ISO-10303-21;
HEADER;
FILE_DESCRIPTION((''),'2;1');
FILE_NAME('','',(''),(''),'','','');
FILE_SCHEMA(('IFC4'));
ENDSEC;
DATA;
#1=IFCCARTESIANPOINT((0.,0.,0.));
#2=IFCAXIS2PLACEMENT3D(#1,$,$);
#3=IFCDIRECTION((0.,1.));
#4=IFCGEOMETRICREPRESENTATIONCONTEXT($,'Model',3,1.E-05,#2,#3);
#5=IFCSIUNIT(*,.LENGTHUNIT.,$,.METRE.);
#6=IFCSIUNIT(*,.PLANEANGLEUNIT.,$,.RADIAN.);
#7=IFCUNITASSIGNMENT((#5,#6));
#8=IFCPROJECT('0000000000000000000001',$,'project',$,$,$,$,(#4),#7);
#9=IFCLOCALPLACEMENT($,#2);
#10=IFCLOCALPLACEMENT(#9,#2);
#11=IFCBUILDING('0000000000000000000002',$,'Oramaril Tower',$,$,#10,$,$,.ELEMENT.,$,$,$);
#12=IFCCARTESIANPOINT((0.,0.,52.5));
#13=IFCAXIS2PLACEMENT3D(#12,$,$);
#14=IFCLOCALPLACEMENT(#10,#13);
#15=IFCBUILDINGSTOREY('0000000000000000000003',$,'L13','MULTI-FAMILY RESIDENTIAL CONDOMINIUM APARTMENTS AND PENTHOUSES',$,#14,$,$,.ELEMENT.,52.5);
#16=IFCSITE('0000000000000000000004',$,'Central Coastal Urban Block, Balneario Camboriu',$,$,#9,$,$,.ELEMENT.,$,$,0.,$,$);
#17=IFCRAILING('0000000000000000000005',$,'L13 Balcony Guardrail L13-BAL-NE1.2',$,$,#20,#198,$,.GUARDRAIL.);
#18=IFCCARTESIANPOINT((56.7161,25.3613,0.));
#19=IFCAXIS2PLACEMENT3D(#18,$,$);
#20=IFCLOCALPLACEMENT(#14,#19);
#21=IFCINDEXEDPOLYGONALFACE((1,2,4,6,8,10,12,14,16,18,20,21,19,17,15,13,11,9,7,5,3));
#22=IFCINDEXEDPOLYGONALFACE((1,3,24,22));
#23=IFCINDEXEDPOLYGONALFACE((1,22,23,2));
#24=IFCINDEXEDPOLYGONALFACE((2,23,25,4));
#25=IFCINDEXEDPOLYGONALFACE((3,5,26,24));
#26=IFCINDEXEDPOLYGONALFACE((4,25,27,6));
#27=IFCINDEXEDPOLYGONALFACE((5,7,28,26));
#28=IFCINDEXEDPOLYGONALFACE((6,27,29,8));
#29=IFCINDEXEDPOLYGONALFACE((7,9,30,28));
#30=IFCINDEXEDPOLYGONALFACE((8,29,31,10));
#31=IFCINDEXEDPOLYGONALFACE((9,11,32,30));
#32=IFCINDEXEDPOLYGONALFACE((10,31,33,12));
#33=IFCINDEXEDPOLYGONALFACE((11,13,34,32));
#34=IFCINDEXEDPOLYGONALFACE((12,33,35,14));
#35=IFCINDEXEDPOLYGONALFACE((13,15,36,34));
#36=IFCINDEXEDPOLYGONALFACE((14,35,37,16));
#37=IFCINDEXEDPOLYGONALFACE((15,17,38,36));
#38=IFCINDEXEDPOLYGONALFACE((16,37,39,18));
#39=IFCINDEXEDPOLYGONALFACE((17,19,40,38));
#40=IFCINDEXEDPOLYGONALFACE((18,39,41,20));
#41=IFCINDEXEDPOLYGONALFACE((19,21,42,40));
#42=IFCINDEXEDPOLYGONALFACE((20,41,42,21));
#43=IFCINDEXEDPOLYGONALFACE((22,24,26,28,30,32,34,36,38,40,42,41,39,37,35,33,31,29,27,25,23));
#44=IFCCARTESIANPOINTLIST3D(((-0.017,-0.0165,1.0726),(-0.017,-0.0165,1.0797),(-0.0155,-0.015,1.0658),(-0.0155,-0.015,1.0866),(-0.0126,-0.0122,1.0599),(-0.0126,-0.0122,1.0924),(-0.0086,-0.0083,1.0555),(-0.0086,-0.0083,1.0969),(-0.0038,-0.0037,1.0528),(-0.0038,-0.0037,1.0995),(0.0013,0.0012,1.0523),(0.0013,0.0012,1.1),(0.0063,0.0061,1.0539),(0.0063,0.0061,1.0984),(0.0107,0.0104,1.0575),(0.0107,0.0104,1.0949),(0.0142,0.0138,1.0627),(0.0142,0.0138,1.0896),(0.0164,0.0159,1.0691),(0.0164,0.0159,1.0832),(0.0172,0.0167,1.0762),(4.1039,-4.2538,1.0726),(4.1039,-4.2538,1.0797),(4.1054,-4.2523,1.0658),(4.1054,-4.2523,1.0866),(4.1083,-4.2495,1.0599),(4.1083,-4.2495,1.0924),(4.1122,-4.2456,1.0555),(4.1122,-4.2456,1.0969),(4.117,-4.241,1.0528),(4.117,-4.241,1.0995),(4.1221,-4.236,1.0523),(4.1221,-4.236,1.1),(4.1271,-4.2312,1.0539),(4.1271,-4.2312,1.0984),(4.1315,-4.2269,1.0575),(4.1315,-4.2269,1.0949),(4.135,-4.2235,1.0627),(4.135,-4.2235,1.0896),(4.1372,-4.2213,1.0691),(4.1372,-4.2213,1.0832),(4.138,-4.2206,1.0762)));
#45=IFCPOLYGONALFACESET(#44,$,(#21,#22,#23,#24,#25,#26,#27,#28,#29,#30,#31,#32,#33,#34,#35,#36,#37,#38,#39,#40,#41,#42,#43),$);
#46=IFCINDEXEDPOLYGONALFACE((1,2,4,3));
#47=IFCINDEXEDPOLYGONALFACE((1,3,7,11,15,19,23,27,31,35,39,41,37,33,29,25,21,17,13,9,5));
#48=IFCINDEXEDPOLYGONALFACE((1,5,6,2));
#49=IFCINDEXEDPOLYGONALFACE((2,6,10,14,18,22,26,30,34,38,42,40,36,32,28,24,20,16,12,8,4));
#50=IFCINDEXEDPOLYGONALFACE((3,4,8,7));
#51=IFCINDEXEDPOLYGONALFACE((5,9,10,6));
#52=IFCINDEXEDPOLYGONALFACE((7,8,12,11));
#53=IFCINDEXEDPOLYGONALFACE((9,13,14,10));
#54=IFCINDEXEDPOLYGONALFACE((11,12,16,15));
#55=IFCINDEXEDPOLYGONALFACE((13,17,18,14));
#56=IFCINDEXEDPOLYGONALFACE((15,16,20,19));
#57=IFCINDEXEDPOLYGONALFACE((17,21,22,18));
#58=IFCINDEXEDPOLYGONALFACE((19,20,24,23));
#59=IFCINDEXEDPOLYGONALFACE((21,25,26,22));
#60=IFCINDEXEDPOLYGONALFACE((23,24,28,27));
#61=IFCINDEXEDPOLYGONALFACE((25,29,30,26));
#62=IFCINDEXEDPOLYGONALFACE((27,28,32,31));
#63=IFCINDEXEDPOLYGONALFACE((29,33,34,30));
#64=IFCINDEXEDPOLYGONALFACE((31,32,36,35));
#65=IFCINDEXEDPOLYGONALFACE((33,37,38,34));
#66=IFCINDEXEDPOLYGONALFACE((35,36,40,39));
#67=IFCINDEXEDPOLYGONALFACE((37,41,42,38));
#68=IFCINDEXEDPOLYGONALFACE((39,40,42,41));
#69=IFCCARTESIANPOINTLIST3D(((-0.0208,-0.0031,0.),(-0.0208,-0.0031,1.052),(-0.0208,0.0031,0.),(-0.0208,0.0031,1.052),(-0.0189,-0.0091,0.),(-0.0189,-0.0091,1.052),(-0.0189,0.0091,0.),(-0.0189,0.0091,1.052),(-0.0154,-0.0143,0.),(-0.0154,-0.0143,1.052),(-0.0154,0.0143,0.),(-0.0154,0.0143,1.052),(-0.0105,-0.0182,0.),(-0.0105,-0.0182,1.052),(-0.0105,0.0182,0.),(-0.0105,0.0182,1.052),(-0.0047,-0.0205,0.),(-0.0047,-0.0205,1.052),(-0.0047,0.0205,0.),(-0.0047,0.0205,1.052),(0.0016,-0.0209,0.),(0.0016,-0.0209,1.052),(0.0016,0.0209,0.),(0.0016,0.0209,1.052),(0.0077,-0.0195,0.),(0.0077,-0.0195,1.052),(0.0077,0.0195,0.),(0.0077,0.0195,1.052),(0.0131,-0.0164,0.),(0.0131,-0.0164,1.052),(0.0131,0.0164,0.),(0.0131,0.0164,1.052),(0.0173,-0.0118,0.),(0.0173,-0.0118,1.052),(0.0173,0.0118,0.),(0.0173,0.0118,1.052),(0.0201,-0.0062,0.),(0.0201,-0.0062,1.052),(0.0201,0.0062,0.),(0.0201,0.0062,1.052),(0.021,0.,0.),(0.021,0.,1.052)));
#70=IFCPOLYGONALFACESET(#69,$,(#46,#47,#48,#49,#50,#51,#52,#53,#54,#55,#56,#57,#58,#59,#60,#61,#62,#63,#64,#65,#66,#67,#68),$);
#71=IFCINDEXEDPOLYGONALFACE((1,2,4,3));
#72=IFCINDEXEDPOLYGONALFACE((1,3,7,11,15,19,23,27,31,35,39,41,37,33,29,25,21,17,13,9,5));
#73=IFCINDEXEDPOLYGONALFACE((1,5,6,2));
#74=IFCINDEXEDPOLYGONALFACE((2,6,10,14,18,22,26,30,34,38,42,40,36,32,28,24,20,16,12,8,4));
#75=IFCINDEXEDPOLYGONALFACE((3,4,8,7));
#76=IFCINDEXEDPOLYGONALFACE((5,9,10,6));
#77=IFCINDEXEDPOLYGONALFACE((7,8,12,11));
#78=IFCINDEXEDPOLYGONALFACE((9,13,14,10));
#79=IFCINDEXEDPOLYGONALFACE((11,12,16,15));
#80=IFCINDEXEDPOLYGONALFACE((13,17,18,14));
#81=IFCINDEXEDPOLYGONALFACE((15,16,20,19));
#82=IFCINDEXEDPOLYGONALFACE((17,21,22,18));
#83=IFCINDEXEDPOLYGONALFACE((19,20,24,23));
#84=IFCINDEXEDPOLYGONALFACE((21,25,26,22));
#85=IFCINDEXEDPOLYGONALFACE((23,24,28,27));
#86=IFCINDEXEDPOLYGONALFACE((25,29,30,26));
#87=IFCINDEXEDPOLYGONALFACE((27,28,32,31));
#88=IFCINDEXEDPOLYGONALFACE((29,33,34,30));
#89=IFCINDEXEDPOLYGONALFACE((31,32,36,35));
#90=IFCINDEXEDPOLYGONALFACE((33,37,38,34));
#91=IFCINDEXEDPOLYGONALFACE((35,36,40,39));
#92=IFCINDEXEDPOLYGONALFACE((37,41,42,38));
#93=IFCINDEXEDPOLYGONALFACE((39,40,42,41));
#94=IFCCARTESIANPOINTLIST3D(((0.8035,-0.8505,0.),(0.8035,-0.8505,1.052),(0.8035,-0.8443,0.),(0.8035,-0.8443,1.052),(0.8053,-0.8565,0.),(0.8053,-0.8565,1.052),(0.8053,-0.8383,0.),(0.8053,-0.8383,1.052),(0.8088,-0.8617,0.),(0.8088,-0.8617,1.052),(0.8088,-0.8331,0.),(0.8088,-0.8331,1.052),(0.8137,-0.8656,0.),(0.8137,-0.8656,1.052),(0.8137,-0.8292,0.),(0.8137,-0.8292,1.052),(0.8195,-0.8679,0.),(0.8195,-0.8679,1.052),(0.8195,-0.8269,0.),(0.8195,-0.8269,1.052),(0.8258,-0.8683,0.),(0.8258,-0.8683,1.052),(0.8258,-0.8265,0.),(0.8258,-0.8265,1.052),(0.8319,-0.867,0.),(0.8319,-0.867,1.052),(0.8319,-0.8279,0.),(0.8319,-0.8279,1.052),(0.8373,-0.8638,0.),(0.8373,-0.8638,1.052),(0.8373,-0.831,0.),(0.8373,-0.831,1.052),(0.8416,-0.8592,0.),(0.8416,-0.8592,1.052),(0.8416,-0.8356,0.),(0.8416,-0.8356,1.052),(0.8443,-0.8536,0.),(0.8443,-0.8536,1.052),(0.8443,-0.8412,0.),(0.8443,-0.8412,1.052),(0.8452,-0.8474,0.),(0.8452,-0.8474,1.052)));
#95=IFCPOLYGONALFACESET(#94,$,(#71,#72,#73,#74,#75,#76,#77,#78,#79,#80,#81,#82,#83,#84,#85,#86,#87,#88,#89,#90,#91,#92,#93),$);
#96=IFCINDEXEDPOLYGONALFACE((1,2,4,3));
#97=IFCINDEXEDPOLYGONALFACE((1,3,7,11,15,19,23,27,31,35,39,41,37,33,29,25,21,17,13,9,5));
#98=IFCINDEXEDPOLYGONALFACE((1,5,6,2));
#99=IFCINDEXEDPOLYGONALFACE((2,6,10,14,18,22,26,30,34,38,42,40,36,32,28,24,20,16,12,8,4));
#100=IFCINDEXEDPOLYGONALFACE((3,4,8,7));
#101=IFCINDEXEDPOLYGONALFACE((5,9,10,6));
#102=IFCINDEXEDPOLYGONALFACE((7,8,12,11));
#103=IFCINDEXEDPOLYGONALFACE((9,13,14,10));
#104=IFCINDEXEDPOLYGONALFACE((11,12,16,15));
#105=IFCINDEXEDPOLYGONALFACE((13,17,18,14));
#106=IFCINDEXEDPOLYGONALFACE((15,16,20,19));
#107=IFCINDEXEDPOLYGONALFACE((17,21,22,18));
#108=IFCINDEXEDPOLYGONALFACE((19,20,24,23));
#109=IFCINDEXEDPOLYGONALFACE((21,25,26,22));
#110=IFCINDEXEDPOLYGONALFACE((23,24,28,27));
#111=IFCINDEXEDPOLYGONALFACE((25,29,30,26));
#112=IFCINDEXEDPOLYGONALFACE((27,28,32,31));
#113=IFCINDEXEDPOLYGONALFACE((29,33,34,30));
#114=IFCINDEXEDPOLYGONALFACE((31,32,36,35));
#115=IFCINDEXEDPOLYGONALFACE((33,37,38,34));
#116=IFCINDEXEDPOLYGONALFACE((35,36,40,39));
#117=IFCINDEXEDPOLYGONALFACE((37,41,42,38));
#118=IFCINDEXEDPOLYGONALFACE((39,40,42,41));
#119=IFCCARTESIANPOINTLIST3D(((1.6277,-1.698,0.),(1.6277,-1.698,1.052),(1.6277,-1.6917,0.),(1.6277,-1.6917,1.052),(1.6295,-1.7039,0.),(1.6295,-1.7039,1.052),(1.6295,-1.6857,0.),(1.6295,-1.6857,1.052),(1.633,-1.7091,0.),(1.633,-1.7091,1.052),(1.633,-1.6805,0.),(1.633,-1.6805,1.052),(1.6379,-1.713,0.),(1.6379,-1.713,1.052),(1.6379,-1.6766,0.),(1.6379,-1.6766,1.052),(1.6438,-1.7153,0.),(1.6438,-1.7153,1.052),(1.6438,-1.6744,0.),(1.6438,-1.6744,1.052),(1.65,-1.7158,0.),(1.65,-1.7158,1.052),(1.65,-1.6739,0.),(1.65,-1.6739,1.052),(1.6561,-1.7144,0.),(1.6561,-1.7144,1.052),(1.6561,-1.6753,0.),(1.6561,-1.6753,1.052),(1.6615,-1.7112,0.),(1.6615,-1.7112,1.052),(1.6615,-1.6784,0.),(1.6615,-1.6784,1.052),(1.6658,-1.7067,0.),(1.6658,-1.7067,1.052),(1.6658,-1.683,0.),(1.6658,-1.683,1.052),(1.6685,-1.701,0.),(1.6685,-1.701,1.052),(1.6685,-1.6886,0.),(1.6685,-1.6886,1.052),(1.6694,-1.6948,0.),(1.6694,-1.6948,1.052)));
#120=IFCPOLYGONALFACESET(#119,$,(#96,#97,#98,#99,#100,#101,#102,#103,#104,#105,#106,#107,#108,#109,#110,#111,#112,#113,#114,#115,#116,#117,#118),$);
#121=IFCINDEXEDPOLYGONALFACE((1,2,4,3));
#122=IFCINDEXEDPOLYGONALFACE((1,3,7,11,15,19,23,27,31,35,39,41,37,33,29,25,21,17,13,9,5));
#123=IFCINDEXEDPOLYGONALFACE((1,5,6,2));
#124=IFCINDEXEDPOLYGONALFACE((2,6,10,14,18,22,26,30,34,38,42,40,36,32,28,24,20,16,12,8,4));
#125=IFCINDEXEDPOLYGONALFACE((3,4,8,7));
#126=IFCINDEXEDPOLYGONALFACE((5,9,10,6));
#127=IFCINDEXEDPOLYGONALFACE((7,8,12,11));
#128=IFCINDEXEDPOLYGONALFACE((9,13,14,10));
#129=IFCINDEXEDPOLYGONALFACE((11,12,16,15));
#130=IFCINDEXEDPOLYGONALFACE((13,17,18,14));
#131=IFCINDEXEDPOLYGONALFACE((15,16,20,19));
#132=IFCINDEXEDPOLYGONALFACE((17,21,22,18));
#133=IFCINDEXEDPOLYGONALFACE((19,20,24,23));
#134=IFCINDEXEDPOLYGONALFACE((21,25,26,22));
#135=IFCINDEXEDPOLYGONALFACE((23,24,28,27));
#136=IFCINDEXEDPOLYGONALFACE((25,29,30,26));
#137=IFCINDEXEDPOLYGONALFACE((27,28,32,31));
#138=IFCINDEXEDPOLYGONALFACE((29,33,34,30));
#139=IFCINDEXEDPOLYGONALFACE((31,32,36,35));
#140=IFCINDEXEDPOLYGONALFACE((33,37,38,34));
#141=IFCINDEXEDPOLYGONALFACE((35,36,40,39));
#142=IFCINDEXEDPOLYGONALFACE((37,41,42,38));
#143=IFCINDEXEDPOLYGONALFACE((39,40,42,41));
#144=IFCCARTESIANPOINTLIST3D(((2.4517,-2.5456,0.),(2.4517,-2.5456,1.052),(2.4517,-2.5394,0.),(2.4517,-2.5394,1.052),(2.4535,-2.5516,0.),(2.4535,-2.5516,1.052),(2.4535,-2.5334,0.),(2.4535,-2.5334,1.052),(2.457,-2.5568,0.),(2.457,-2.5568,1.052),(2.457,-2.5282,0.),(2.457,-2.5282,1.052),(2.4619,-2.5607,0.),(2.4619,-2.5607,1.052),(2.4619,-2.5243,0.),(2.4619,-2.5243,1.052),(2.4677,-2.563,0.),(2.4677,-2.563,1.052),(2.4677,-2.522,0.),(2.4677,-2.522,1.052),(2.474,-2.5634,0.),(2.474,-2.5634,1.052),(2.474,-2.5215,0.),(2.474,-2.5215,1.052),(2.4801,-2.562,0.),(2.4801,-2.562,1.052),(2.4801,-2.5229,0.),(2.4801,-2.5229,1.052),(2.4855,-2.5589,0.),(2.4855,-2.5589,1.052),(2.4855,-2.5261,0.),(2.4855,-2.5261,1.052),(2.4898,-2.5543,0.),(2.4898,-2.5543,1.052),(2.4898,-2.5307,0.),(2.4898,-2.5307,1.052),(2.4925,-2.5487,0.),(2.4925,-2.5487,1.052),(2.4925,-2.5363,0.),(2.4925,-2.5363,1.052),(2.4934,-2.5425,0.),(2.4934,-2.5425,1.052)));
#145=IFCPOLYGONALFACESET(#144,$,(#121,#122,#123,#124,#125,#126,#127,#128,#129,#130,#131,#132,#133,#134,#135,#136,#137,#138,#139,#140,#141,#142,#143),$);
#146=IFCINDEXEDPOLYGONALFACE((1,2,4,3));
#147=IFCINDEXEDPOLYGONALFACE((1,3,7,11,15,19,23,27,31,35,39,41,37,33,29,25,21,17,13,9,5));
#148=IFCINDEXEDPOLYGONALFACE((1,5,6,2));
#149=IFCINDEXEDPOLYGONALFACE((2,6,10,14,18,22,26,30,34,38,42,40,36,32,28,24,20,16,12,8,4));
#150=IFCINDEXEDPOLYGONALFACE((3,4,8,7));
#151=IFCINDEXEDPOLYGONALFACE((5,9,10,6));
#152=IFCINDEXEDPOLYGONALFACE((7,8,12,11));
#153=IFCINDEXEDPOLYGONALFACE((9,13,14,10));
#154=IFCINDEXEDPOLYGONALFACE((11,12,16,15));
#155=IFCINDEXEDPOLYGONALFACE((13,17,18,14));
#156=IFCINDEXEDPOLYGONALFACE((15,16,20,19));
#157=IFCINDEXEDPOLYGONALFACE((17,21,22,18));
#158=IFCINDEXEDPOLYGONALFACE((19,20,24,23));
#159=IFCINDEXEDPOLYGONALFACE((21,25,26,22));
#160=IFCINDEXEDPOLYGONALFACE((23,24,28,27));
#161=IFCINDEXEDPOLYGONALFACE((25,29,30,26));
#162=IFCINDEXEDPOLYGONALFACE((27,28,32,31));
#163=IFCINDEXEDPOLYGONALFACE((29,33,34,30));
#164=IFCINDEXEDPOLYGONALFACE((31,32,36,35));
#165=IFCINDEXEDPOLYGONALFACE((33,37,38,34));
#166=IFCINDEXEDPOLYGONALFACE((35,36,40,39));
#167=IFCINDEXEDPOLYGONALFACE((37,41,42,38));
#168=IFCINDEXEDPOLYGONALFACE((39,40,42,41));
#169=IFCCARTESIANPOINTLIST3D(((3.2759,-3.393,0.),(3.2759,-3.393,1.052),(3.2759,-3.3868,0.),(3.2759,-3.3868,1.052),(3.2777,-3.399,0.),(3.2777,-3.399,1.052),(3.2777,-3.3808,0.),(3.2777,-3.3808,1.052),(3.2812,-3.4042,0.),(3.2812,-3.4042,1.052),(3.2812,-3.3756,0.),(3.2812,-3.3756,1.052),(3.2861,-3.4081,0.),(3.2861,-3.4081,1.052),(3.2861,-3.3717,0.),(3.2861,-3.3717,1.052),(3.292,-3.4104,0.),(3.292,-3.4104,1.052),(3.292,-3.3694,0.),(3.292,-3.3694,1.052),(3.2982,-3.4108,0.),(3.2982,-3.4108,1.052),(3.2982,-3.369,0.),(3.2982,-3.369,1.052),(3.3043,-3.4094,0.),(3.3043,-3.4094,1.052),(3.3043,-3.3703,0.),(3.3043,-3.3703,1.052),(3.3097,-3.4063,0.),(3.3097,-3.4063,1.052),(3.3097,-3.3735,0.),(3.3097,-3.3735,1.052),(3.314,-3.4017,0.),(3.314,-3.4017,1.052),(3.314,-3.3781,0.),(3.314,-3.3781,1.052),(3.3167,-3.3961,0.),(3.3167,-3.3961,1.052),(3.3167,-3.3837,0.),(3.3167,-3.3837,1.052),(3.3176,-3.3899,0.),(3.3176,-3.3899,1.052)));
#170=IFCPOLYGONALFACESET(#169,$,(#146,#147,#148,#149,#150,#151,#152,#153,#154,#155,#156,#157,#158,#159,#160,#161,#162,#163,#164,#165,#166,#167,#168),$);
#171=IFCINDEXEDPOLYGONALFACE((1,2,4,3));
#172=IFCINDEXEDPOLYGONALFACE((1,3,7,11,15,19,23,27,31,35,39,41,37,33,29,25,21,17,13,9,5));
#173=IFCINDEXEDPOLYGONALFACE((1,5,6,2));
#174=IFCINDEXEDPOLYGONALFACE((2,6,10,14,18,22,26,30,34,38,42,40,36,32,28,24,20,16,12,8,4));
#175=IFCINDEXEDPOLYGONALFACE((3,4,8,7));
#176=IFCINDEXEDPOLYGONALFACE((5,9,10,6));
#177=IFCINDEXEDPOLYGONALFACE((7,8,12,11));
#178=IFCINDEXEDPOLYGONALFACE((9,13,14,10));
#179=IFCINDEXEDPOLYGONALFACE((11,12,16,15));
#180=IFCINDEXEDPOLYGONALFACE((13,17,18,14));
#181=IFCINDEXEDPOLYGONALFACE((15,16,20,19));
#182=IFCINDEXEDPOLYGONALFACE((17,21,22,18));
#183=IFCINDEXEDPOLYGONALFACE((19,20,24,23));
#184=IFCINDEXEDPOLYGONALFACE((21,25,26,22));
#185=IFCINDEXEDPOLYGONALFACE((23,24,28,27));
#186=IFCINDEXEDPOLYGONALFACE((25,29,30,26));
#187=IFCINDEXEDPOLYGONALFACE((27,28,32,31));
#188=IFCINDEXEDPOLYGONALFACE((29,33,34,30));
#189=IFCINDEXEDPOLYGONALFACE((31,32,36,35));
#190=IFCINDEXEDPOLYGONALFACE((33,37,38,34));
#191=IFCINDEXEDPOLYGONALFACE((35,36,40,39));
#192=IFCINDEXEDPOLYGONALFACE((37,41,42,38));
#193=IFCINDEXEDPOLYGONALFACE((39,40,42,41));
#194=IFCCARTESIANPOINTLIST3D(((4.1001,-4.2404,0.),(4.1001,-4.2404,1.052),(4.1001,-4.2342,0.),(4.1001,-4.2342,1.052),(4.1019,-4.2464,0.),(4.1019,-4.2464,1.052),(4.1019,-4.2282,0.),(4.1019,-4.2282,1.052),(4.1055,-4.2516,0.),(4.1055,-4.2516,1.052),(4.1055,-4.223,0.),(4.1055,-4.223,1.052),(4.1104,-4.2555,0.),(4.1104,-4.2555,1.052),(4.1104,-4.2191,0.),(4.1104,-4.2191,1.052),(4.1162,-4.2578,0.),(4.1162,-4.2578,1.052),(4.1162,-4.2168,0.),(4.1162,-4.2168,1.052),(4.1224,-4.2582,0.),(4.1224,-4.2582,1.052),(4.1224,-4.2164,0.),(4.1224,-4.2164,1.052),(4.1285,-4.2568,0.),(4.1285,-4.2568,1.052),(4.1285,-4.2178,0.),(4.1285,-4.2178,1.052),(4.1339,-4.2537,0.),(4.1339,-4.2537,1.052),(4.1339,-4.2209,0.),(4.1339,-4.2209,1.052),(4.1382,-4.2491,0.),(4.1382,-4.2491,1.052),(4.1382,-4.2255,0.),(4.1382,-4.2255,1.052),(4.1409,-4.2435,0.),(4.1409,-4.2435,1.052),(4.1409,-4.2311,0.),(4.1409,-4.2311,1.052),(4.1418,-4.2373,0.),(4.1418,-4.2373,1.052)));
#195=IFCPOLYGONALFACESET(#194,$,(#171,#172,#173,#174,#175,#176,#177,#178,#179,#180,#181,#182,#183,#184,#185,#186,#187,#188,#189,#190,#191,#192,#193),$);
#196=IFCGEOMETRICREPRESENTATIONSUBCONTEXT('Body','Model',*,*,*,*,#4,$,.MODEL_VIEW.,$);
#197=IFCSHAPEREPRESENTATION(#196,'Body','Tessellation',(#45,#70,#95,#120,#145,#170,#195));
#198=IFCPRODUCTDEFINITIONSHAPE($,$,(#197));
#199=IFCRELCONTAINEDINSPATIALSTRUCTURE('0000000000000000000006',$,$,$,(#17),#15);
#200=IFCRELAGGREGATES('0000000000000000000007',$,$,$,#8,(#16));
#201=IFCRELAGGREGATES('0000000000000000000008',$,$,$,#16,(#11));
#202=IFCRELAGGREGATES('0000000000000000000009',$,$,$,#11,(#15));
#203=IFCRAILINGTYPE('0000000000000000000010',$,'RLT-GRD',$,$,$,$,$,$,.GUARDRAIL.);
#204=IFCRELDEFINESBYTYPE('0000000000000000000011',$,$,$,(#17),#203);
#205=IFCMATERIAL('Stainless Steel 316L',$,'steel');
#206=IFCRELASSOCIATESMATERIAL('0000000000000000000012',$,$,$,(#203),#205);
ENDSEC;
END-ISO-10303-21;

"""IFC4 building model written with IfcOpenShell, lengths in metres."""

from ifc_helpers import new_model, si_unit, direction, frame, origin, origin_2d, place, context, subcontext, project, spatial, circle, extrude, material, type_object, element, save


model = new_model("IFC4")

# Units and contexts
model_context = context("Model", 3, precision=1e-05, world=origin(), true_north=direction((0.0, 1.0)))
body_context = subcontext(model_context, "Body", "Model", "MODEL_VIEW")
ifc_project = project(units=[si_unit("LENGTHUNIT", "METRE"), si_unit("PLANEANGLEUNIT", "RADIAN")], contexts=[model_context])

# Site, building, storey
site_placement = place(None, origin())
site = spatial("IfcSite", under=ifc_project, at=site_placement, Name="Central Coastal Urban Block, Balneario Camboriu", CompositionType="ELEMENT", RefElevation=0.0)
building_placement = place(site_placement, origin())
building = spatial("IfcBuilding", under=site, at=building_placement, Name="Oramaril Tower", CompositionType="ELEMENT")
storey_placement = place(building_placement, frame((0.0, 0.0, 52.5)))
storey = spatial("IfcBuildingStorey", under=building, at=storey_placement, Name="L13", Description="MULTI-FAMILY RESIDENTIAL CONDOMINIUM APARTMENTS AND PENTHOUSES", CompositionType="ELEMENT", Elevation=52.5)

# Railing
ifc_material_1 = material(Name="Stainless Steel 316L", Category="steel")
railing_type = type_object("IfcRailingType", Name="RLT-GRD", PredefinedType="GUARDRAIL", material=ifc_material_1)
railing_1_placement = place(storey_placement, frame((56.7161, 25.3613, 0.0)))
element("IfcRailing", 1, at=railing_1_placement, inside=storey, type_object=railing_type, Name="L13 Balcony Guardrail L13-BAL-NE1.2", PredefinedType="GUARDRAIL", context=body_context, shape_type="SweptSolid", body=[
    extrude(circle(Radius=0.0239, at=origin_2d()), frame((0.0, 0.0, 1.0762), z_axis=(0.697187, -0.716889, 0.0), x_axis=(0.716889, 0.697187, 0.0)), (0.0, 0.0, 1.0), 5.9106),
    extrude(circle(Radius=0.021, at=origin_2d()), origin(), (0.0, 0.0, 1.0), 1.052),
    extrude(circle(Radius=0.021, at=origin_2d()), frame((0.8242, -0.8474, 0.0)), (0.0, 0.0, 1.0), 1.052),
    extrude(circle(Radius=0.021, at=origin_2d()), frame((1.6484, -1.6948, 0.0)), (0.0, 0.0, 1.0), 1.052),
    extrude(circle(Radius=0.021, at=origin_2d()), frame((2.4724, -2.5425, 0.0)), (0.0, 0.0, 1.0), 1.052),
    extrude(circle(Radius=0.021, at=origin_2d()), frame((3.2966, -3.3899, 0.0)), (0.0, 0.0, 1.0), 1.052),
    extrude(circle(Radius=0.021, at=origin_2d()), frame((4.1208, -4.2373, 0.0)), (0.0, 0.0, 1.0), 1.052),
])

save(model, "model.ifc")
